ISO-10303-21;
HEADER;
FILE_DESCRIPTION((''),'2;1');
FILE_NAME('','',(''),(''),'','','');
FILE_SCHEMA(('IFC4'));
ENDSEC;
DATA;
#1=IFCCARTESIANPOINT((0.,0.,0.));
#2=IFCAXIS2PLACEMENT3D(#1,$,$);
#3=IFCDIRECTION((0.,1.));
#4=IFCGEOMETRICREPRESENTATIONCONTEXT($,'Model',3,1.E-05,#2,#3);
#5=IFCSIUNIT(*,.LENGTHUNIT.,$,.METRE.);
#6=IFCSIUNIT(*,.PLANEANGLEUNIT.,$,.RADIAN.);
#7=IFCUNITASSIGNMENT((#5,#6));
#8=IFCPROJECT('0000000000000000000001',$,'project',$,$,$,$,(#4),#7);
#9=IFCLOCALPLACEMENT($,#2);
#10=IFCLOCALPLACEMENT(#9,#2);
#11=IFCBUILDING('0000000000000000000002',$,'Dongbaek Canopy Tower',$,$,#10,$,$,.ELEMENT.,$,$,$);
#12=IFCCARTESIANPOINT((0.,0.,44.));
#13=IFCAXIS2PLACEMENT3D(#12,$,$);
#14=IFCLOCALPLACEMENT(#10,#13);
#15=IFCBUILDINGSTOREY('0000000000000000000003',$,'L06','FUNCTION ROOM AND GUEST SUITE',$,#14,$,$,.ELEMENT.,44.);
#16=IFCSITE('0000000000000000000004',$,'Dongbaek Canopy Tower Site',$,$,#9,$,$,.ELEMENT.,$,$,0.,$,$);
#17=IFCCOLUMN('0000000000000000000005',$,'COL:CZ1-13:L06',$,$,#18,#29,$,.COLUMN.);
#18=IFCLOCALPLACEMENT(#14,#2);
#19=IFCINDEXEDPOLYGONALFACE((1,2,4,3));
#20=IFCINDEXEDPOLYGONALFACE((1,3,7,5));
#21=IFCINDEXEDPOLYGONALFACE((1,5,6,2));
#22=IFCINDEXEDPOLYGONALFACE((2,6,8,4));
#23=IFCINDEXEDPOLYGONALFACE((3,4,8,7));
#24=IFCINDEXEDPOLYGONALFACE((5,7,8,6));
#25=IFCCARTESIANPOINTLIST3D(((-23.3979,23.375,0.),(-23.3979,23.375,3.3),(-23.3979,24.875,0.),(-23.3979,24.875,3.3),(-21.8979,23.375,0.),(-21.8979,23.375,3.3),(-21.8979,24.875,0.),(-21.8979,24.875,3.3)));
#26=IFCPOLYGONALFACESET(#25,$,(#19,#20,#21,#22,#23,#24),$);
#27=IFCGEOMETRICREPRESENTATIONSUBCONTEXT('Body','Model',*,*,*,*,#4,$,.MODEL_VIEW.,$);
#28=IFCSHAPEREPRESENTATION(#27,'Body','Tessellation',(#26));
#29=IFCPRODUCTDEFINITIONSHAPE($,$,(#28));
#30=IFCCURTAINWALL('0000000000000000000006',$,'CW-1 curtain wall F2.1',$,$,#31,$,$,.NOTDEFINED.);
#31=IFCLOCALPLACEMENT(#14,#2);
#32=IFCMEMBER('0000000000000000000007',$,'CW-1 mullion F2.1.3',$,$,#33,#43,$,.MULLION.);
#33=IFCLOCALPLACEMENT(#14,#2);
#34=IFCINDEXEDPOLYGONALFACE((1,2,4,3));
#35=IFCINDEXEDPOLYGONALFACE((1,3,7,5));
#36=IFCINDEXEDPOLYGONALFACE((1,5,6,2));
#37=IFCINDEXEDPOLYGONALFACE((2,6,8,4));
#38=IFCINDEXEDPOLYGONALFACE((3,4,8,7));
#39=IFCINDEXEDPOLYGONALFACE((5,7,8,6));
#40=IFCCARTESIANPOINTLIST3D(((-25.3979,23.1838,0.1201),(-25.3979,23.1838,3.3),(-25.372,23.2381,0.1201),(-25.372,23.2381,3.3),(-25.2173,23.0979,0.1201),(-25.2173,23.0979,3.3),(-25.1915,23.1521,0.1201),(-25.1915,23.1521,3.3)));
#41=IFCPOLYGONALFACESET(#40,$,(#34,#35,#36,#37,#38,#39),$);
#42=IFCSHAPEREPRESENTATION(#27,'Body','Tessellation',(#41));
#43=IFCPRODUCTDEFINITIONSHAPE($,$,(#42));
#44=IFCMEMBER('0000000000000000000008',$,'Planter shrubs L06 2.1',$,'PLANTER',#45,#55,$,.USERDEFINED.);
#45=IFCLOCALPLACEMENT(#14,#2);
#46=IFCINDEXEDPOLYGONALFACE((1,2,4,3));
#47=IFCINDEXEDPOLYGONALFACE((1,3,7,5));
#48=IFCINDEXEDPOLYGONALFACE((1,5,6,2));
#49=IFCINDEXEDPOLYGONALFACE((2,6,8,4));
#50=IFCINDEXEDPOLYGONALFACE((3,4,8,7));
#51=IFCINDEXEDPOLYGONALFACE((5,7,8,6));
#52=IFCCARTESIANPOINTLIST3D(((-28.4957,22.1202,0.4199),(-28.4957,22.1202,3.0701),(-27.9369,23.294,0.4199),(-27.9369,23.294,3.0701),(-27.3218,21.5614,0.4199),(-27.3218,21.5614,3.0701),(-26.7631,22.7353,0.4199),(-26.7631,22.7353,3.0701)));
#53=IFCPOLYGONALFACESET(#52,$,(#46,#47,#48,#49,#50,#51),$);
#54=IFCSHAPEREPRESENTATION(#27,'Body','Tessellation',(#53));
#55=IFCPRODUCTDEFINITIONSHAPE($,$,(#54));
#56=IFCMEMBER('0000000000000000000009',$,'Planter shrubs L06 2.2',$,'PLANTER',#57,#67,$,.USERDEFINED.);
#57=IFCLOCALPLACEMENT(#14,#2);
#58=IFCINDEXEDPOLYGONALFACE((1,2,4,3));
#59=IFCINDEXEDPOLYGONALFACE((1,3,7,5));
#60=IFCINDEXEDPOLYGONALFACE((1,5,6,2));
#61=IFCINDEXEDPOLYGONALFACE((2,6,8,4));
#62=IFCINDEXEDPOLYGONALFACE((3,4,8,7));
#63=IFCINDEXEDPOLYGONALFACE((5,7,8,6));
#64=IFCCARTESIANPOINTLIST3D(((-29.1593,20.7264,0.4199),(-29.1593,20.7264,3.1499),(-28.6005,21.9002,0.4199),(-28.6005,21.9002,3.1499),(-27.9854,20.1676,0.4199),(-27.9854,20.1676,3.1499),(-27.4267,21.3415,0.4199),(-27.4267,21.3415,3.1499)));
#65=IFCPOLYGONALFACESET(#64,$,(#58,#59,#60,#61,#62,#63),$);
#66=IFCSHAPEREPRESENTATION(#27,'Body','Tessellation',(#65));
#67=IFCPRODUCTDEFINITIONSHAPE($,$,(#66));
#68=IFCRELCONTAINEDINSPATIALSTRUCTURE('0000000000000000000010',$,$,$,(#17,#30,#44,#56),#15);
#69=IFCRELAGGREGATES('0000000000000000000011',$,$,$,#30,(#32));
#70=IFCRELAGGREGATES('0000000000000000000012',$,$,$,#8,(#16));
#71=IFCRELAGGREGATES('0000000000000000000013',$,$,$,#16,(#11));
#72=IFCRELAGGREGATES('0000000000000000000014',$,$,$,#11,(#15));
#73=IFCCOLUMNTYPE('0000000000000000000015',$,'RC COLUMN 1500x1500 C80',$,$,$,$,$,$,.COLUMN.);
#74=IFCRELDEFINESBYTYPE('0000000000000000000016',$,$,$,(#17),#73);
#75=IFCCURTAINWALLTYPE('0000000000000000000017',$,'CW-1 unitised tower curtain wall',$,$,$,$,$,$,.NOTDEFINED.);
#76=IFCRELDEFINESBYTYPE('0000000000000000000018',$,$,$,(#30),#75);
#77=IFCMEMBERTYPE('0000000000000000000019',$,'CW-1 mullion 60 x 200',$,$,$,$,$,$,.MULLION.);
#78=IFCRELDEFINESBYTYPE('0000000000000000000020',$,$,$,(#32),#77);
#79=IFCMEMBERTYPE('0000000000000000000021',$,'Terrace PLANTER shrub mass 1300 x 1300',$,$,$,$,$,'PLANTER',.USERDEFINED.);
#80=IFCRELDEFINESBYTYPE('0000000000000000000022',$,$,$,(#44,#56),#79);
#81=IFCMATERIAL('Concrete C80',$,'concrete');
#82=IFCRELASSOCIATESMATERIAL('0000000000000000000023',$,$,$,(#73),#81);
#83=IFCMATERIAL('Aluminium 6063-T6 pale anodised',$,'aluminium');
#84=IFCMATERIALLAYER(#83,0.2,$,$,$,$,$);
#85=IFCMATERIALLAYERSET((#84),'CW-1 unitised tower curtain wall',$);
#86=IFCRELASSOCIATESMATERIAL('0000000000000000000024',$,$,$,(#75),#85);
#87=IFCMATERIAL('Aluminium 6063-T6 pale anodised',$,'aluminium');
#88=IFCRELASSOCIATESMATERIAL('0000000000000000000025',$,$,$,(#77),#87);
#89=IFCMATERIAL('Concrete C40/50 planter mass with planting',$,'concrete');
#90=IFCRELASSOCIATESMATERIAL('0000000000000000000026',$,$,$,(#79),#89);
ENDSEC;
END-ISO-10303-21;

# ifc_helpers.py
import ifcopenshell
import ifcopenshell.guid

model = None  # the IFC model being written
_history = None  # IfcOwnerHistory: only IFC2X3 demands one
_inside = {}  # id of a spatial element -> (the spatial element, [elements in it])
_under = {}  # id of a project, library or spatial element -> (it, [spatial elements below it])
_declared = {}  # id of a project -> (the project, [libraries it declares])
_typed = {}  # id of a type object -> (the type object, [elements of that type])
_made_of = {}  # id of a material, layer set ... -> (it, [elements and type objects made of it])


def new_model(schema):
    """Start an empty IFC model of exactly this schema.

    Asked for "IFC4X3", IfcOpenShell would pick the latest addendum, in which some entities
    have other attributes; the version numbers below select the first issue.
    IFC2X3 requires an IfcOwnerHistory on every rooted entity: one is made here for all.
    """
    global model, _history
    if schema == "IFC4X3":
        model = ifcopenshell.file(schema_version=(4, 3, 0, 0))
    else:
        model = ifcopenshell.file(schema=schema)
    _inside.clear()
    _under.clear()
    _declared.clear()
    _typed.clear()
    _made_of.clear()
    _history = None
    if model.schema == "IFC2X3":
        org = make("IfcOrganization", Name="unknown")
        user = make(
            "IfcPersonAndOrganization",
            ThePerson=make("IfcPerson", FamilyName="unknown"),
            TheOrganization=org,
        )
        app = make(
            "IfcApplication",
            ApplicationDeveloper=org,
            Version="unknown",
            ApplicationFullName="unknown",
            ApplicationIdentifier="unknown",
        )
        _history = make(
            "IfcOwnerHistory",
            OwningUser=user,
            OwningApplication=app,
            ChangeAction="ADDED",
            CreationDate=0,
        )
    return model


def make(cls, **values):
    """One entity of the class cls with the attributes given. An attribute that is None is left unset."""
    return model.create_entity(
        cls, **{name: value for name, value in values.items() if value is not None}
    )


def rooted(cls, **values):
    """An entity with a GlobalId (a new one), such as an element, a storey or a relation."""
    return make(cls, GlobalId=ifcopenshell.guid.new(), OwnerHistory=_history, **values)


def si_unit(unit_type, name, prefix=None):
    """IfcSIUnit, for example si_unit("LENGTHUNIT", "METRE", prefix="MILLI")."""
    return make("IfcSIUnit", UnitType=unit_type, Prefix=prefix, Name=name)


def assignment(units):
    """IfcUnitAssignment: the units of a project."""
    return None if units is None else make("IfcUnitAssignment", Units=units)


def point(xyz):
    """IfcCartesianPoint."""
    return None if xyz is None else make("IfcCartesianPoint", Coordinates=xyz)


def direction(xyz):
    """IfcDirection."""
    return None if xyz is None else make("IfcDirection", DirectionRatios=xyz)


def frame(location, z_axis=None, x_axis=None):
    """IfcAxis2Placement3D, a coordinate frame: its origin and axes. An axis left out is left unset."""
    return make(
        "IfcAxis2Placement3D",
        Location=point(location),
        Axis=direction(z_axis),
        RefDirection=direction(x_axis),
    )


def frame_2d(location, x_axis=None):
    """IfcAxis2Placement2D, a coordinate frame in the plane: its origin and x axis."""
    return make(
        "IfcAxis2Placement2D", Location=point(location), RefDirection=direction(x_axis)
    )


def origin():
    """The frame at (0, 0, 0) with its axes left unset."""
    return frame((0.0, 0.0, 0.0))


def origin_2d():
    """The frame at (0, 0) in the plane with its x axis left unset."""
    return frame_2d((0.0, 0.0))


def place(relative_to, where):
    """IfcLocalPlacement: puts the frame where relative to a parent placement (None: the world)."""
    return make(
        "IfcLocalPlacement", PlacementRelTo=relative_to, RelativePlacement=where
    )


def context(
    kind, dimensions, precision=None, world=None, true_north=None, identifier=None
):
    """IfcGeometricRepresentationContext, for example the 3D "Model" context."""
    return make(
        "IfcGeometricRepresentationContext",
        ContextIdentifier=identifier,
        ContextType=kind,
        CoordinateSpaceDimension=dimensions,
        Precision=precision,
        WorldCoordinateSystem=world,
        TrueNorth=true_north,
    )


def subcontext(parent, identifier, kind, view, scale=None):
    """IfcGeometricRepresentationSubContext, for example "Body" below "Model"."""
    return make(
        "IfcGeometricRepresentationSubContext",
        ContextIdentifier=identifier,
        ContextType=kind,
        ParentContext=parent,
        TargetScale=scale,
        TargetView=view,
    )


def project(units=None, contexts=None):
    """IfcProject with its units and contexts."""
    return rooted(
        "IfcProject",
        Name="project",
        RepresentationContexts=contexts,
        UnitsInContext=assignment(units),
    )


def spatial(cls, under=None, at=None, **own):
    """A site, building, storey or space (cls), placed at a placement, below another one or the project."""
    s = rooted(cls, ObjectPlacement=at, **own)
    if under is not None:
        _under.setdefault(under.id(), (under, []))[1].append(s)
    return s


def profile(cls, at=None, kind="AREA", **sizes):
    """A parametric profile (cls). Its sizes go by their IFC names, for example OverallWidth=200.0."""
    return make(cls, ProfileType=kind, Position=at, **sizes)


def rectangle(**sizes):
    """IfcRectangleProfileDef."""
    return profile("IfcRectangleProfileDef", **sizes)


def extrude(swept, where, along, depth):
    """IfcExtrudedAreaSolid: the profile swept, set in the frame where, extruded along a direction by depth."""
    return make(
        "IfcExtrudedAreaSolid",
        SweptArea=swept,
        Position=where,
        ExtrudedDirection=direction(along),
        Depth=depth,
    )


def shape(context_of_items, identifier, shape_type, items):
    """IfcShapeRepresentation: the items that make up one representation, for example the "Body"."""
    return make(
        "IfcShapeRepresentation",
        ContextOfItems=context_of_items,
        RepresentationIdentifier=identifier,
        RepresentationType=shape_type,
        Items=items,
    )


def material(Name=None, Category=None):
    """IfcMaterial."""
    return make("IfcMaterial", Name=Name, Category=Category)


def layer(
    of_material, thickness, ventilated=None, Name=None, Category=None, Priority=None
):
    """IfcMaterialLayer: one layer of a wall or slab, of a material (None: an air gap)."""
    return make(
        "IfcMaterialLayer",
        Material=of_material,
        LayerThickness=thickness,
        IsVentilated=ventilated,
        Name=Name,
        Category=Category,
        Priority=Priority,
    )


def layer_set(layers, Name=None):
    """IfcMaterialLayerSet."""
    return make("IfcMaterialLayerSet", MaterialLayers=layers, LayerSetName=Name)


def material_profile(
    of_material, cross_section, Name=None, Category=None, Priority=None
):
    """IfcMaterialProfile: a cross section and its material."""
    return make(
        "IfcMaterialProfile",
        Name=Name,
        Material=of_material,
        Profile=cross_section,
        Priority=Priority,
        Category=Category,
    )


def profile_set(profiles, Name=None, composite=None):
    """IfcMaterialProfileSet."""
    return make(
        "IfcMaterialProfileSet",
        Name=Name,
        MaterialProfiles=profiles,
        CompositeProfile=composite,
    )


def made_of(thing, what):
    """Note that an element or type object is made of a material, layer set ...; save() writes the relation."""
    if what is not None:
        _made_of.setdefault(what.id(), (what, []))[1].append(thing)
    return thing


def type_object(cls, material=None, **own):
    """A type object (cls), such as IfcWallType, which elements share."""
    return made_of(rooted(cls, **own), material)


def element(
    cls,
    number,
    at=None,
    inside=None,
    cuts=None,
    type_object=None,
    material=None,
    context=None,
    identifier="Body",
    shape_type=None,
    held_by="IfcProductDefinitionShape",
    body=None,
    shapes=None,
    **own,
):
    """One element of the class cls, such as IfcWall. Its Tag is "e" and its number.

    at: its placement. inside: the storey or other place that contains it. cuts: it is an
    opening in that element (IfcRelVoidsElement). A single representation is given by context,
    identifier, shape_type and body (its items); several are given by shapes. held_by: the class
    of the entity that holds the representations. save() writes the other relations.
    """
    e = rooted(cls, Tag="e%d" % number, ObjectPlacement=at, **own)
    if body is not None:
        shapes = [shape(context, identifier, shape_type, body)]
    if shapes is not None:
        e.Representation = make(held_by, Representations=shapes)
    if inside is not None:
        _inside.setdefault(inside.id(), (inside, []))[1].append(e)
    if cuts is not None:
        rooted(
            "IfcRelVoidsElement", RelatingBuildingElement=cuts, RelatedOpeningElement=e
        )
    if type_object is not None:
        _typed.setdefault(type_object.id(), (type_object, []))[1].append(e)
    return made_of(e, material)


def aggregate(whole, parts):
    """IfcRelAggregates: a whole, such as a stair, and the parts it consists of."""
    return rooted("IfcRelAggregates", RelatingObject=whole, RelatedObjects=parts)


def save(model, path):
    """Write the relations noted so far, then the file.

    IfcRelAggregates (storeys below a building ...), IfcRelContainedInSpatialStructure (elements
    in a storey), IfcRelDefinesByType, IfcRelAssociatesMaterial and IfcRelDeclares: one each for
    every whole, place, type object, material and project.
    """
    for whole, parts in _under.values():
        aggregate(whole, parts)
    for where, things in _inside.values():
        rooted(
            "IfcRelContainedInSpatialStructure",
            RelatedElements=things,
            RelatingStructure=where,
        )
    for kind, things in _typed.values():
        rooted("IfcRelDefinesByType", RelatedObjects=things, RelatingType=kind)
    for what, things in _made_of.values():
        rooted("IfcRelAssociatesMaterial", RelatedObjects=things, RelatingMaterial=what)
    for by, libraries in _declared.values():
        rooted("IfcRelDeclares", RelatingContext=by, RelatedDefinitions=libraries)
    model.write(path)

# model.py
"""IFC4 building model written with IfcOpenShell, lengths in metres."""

from ifc_helpers import new_model, si_unit, direction, frame, origin, origin_2d, place, context, subcontext, project, spatial, rectangle, extrude, material, layer, layer_set, material_profile, profile_set, type_object, element, aggregate, save


model = new_model("IFC4")

# Units and contexts
model_context = context("Model", 3, precision=1e-05, world=origin(), true_north=direction((0.0, 1.0)))
body_context = subcontext(model_context, "Body", "Model", "MODEL_VIEW")
ifc_project = project(units=[si_unit("LENGTHUNIT", "METRE"), si_unit("PLANEANGLEUNIT", "RADIAN")], contexts=[model_context])

# Site, building, storey
site_placement = place(None, origin())
site = spatial("IfcSite", under=ifc_project, at=site_placement, Name="Dongbaek Canopy Tower Site", CompositionType="ELEMENT", RefElevation=0.0)
building_placement = place(site_placement, origin())
building = spatial("IfcBuilding", under=site, at=building_placement, Name="Dongbaek Canopy Tower", CompositionType="ELEMENT")
storey_placement = place(building_placement, frame((0.0, 0.0, 44.0)))
storey = spatial("IfcBuildingStorey", under=building, at=storey_placement, Name="L06", Description="FUNCTION ROOM AND GUEST SUITE", CompositionType="ELEMENT", Elevation=44.0)

# Column
ifc_material_1 = material(Name="Concrete C80", Category="concrete")
ifc_material_profile_1 = material_profile(ifc_material_1, rectangle(XDim=1.5, YDim=1.5, at=origin_2d()), Name="RC COLUMN 1500x1500 C80")
ifc_profile_set_1 = profile_set([ifc_material_profile_1], Name="Concrete C80")
column_type = type_object("IfcColumnType", Name="RC COLUMN 1500x1500 C80", PredefinedType="COLUMN", material=ifc_profile_set_1)
column_placement = place(storey_placement, frame((-22.6479, 24.125, 0.0), z_axis=(0.0, 0.0, 1.0), x_axis=(1.0, 0.0, 0.0)))
element("IfcColumn", 1, at=column_placement, inside=storey, type_object=column_type, Name="COL:CZ1-13:L06", PredefinedType="COLUMN", context=body_context, shape_type="SweptSolid", body=[
    extrude(rectangle(XDim=1.5, YDim=1.5, at=origin_2d()), origin(), (0.0, 0.0, 1.0), 3.3),
])

# Curtain wall, member
ifc_material_2 = material(Name="Aluminium 6063-T6 pale anodised", Category="aluminium")
ifc_layer_1 = layer(ifc_material_2, 0.2)
ifc_layer_set_1 = layer_set([ifc_layer_1], Name="CW-1 unitised tower curtain wall")
curtain_wall_type = type_object("IfcCurtainWallType", Name="CW-1 unitised tower curtain wall", PredefinedType="NOTDEFINED", material=ifc_layer_set_1)
curtain_wall_placement = place(storey_placement, origin())
curtain_wall = element("IfcCurtainWall", 2, at=curtain_wall_placement, inside=storey, type_object=curtain_wall_type, Name="CW-1 curtain wall F2.1", PredefinedType="NOTDEFINED")
ifc_material_3 = material(Name="Aluminium 6063-T6 pale anodised", Category="aluminium")
ifc_material_profile_2 = material_profile(ifc_material_3, rectangle(XDim=0.2, YDim=0.0601, at=origin_2d()), Name="CW-1 mullion 60 x 200")
ifc_profile_set_2 = profile_set([ifc_material_profile_2], Name="Aluminium 6063-T6 pale anodised")
member_type_1 = type_object("IfcMemberType", Name="CW-1 mullion 60 x 200", PredefinedType="MULLION", material=ifc_profile_set_2)
member_1_placement = place(storey_placement, frame((-25.2947, 23.168, 0.1201), z_axis=(0.0, 0.0, 1.0), x_axis=(-0.902929, 0.42979, 0.0)))
member_1 = element("IfcMember", 3, at=member_1_placement, type_object=member_type_1, Name="CW-1 mullion F2.1.3", PredefinedType="MULLION", context=body_context, shape_type="SweptSolid", body=[
    extrude(rectangle(XDim=0.2, YDim=0.0601, at=origin_2d()), origin(), (0.0, 0.0, 1.0), 3.1799),
])
aggregate(curtain_wall, [member_1])

# Members
ifc_material_4 = material(Name="Concrete C40/50 planter mass with planting", Category="concrete")
ifc_material_profile_3 = material_profile(ifc_material_4, rectangle(XDim=1.3, YDim=1.3, at=origin_2d()), Name="Terrace PLANTER shrub mass 1300 x 1300")
ifc_profile_set_3 = profile_set([ifc_material_profile_3], Name="Concrete C40/50 planter mass with planting")
member_type_2 = type_object("IfcMemberType", Name="Terrace PLANTER shrub mass 1300 x 1300", ElementType="PLANTER", PredefinedType="USERDEFINED", material=ifc_profile_set_3)
member_2_placement = place(storey_placement, frame((-27.6294, 22.4277, 0.4199), z_axis=(0.0, 0.0, 1.0), x_axis=(-0.902929, 0.42979, 0.0)))
element("IfcMember", 4, at=member_2_placement, inside=storey, type_object=member_type_2, Name="Planter shrubs L06 2.1", ObjectType="PLANTER", PredefinedType="USERDEFINED", context=body_context, shape_type="SweptSolid", body=[
    extrude(rectangle(XDim=1.3, YDim=1.3, at=origin_2d()), origin(), (0.0, 0.0, 1.0), 2.6501),
])
member_3_placement = place(storey_placement, frame((-28.293, 21.0339, 0.4199), z_axis=(0.0, 0.0, 1.0), x_axis=(-0.902929, 0.42979, 0.0)))
element("IfcMember", 5, at=member_3_placement, inside=storey, type_object=member_type_2, Name="Planter shrubs L06 2.2", ObjectType="PLANTER", PredefinedType="USERDEFINED", context=body_context, shape_type="SweptSolid", body=[
    extrude(rectangle(XDim=1.3, YDim=1.3, at=origin_2d()), origin(), (0.0, 0.0, 1.0), 2.73),
])

save(model, "model.ifc")
